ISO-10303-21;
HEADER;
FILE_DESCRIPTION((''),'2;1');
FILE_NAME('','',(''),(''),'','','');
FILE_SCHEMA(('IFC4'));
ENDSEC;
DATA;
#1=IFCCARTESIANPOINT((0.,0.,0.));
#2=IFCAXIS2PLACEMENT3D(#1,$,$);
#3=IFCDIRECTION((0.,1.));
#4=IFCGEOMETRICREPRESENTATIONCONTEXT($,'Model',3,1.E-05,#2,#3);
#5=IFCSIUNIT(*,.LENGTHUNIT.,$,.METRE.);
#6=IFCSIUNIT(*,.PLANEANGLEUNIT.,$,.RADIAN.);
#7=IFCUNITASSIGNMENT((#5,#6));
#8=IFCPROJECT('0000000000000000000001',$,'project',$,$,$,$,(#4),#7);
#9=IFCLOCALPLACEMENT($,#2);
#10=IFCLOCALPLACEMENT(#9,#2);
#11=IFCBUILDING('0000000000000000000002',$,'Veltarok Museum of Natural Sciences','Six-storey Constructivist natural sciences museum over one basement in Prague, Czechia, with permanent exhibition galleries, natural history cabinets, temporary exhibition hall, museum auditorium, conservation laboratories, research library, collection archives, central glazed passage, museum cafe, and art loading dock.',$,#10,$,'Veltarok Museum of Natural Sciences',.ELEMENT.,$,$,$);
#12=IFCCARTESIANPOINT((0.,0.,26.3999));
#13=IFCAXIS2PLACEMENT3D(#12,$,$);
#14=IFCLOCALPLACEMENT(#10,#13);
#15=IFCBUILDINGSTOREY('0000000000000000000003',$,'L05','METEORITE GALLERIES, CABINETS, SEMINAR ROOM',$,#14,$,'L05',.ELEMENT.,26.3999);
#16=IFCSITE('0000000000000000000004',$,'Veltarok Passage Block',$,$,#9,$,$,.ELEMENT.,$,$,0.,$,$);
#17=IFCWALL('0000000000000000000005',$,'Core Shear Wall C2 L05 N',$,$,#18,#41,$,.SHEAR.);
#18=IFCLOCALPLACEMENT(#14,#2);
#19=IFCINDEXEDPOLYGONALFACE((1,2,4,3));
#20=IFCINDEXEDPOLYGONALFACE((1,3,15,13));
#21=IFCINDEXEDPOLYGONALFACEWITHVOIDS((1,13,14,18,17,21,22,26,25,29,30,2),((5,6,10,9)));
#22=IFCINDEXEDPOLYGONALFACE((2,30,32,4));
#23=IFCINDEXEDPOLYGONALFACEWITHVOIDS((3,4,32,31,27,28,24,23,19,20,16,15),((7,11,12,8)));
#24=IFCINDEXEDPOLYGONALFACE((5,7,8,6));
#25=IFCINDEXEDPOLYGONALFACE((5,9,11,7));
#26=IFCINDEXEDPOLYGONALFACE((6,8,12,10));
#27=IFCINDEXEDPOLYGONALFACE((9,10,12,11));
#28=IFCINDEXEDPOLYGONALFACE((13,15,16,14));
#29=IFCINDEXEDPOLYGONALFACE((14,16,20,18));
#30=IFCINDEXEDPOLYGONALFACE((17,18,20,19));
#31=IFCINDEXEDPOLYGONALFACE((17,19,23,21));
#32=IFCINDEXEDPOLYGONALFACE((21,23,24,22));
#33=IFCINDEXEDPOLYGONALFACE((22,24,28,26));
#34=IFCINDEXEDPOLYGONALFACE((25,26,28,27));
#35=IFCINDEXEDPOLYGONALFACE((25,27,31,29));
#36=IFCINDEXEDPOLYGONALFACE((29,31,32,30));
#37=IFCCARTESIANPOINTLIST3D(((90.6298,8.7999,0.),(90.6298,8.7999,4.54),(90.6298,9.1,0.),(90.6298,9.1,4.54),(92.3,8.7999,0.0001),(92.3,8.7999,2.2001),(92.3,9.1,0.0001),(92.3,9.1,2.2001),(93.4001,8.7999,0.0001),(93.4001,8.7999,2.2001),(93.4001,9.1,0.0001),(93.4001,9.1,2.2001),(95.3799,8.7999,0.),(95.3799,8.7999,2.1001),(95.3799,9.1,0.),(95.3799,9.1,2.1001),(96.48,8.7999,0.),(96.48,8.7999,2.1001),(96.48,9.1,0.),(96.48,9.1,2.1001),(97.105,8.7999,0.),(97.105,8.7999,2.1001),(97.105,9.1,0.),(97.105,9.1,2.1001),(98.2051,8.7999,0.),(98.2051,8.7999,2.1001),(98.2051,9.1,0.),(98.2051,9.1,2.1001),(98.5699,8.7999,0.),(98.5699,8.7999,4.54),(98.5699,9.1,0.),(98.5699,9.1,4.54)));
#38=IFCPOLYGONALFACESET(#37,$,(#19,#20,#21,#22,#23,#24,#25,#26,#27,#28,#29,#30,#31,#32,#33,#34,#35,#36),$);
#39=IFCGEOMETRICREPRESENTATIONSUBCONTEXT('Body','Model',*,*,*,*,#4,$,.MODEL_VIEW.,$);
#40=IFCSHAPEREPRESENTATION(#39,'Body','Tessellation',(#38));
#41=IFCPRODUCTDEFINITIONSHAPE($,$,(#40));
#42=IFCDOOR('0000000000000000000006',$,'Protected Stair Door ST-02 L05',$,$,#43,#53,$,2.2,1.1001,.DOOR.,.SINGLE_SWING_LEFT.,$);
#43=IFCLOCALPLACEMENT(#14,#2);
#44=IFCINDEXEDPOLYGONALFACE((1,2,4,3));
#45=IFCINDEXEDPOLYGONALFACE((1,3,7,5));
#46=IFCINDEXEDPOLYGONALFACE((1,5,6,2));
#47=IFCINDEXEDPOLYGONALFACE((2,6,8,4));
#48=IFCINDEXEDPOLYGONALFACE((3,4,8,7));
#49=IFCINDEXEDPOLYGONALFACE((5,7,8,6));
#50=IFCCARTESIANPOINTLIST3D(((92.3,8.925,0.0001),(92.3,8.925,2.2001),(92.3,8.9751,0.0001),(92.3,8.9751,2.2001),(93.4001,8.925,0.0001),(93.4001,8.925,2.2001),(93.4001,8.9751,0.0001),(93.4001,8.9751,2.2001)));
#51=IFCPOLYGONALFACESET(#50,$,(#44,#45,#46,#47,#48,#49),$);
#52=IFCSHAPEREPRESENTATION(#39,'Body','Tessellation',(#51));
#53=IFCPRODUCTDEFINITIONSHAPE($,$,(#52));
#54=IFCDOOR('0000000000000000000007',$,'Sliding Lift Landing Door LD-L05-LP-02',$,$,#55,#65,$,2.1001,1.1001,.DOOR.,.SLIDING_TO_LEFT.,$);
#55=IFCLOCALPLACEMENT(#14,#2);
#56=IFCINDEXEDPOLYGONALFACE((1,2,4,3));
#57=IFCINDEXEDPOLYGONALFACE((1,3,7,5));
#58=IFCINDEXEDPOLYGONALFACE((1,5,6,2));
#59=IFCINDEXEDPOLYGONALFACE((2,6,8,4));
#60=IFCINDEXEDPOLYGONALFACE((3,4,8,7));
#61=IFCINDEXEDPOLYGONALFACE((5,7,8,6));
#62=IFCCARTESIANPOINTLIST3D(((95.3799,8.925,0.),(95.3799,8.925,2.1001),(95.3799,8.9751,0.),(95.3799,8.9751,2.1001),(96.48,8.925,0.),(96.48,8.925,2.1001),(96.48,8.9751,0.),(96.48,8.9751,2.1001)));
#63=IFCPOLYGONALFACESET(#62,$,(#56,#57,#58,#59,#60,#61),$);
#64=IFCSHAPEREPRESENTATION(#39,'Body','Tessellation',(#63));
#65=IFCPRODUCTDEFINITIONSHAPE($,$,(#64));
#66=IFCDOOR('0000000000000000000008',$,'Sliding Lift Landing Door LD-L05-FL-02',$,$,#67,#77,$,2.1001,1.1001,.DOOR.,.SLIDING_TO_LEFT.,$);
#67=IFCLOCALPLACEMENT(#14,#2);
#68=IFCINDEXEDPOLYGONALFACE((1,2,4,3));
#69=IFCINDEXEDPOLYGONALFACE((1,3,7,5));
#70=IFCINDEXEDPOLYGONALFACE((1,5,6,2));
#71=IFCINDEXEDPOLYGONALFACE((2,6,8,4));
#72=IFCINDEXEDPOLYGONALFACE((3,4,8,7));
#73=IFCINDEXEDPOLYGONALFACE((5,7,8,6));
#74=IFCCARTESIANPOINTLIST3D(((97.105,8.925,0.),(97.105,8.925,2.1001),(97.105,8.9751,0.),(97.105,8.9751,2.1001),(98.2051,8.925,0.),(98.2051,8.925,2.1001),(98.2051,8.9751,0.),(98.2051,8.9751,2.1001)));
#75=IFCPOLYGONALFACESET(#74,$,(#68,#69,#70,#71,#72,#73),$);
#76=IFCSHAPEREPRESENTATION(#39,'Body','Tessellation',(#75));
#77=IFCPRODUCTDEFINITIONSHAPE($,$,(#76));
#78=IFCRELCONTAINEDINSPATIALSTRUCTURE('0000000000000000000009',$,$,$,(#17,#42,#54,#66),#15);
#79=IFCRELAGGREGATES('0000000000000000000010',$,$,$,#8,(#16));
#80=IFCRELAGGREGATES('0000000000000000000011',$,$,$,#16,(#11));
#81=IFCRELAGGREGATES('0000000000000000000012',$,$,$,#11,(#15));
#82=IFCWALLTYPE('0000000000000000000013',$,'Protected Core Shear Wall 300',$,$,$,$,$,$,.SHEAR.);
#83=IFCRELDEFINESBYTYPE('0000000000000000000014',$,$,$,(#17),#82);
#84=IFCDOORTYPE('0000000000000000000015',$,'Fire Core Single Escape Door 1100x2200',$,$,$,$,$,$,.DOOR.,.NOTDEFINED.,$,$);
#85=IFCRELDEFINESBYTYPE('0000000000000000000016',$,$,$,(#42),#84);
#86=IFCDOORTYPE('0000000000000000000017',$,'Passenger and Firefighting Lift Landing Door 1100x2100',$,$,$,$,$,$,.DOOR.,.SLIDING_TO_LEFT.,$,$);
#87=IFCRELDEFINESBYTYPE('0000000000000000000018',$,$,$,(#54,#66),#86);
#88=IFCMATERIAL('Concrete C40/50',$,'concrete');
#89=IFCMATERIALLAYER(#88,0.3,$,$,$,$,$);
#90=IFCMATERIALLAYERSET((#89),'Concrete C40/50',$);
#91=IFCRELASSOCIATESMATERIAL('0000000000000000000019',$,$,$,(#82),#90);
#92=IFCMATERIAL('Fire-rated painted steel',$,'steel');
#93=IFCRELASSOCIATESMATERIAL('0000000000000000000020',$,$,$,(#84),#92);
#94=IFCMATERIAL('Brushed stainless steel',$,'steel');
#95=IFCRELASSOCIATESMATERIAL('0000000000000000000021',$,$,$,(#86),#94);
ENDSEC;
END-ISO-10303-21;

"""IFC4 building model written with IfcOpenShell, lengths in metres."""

from ifc_helpers import new_model, si_unit, direction, frame, frame_2d, origin, place, context, subcontext, project, spatial, rectangle, extrude, material, layer, layer_set, type_object, element, fill, save


model = new_model("IFC4")

# Units and contexts
model_context = context("Model", 3, precision=1e-05, world=origin(), true_north=direction((0.0, 1.0)))
body_context = subcontext(model_context, "Body", "Model", "MODEL_VIEW")
ifc_project = project(units=[si_unit("LENGTHUNIT", "METRE"), si_unit("PLANEANGLEUNIT", "RADIAN")], contexts=[model_context])

# Site, building, storey
site_placement = place(None, origin())
site = spatial("IfcSite", under=ifc_project, at=site_placement, Name="Veltarok Passage Block", CompositionType="ELEMENT", RefElevation=0.0)
building_placement = place(site_placement, origin())
building = spatial("IfcBuilding", under=site, at=building_placement, Name="Veltarok Museum of Natural Sciences", Description="Six-storey Constructivist natural sciences museum over one basement in Prague, Czechia, with permanent exhibition galleries, natural history cabinets, temporary exhibition hall, museum auditorium, conservation laboratories, research library, collection archives, central glazed passage, museum cafe, and art loading dock.", LongName="Veltarok Museum of Natural Sciences", CompositionType="ELEMENT")
storey_placement = place(building_placement, frame((0.0, 0.0, 26.3999)))
storey = spatial("IfcBuildingStorey", under=building, at=storey_placement, Name="L05", Description="METEORITE GALLERIES, CABINETS, SEMINAR ROOM", LongName="L05", CompositionType="ELEMENT", Elevation=26.3999)

# Shared definitions
ifc_material_1 = material(Name="Concrete C40/50", Category="concrete")

# Wall, openings, doors
ifc_layer_1 = layer(ifc_material_1, 0.3)
ifc_layer_set_1 = layer_set([ifc_layer_1], Name="Concrete C40/50")
wall_type_1 = type_object("IfcWallType", Name="Protected Core Shear Wall 300", PredefinedType="SHEAR", material=ifc_layer_set_1)
wall_1_placement = place(storey_placement, frame((98.5701, 8.95, 0.0), z_axis=(0.0, 0.0, 1.0), x_axis=(-1.0, 0.0, 0.0)))
wall_1 = element("IfcWall", 1, at=wall_1_placement, inside=storey, type_object=wall_type_1, Name="Core Shear Wall C2 L05 N", PredefinedType="SHEAR", context=body_context, shape_type="SweptSolid", body=[
    extrude(rectangle(XDim=7.9402, YDim=0.3, at=frame_2d((3.9702, 0.0))), origin(), (0.0, 0.0, 1.0), 4.54),
])
opening_1_placement = place(wall_1_placement, frame((5.1699, 0.0, 0.0)))
opening_1 = element("IfcOpeningElement", 2, at=opening_1_placement, cuts=wall_1, PredefinedType="OPENING", context=body_context, shape_type="SweptSolid", body=[
    extrude(rectangle(XDim=1.1001, YDim=2.2, at=frame_2d((0.55, 1.1001))), frame((0.0, 0.1602, 0.0), z_axis=(0.0, -1.0, 0.0), x_axis=(1.0, 0.0, 0.0)), (0.0, 0.0, 1.0), 0.3201),
])
opening_2_placement = place(wall_1_placement, frame((2.0901, 0.0, 0.0)))
opening_2 = element("IfcOpeningElement", 3, at=opening_2_placement, cuts=wall_1, PredefinedType="OPENING", context=body_context, shape_type="SweptSolid", body=[
    extrude(rectangle(XDim=1.1001, YDim=2.1001, at=frame_2d((0.55, 1.05))), frame((0.0, 0.1602, 0.0), z_axis=(0.0, -1.0, 0.0), x_axis=(1.0, 0.0, 0.0)), (0.0, 0.0, 1.0), 0.3201),
])
opening_3_placement = place(wall_1_placement, frame((0.365, 0.0, 0.0)))
opening_3 = element("IfcOpeningElement", 4, at=opening_3_placement, cuts=wall_1, PredefinedType="OPENING", context=body_context, shape_type="SweptSolid", body=[
    extrude(rectangle(XDim=1.1001, YDim=2.1001, at=frame_2d((0.55, 1.05))), frame((0.0, 0.1602, 0.0), z_axis=(0.0, -1.0, 0.0), x_axis=(1.0, 0.0, 0.0)), (0.0, 0.0, 1.0), 0.3201),
])
ifc_material_2 = material(Name="Fire-rated painted steel", Category="steel")
door_type_1 = type_object("IfcDoorType", Name="Fire Core Single Escape Door 1100x2200", OperationType="NOTDEFINED", PredefinedType="DOOR", material=ifc_material_2)
door_1_placement = place(opening_1_placement, origin())
door_1 = element("IfcDoor", 5, at=door_1_placement, inside=storey, type_object=door_type_1, Name="Protected Stair Door ST-02 L05", OperationType="SINGLE_SWING_LEFT", OverallHeight=2.2, OverallWidth=1.1001, PredefinedType="DOOR", context=body_context, shape_type="SweptSolid", body=[
    extrude(rectangle(XDim=1.1001, YDim=2.2, at=frame_2d((0.55, 1.1001))), frame((0.0, 0.0249, 0.0), z_axis=(0.0, -1.0, 0.0), x_axis=(1.0, 0.0, 0.0)), (0.0, 0.0, 1.0), 0.05),
])
fill(opening_1, door_1)
ifc_material_3 = material(Name="Brushed stainless steel", Category="steel")
door_type_2 = type_object("IfcDoorType", Name="Passenger and Firefighting Lift Landing Door 1100x2100", OperationType="SLIDING_TO_LEFT", PredefinedType="DOOR", material=ifc_material_3)
door_2_placement = place(opening_2_placement, origin())
door_2 = element("IfcDoor", 6, at=door_2_placement, inside=storey, type_object=door_type_2, Name="Sliding Lift Landing Door LD-L05-LP-02", OperationType="SLIDING_TO_LEFT", OverallHeight=2.1001, OverallWidth=1.1001, PredefinedType="DOOR", context=body_context, shape_type="SweptSolid", body=[
    extrude(rectangle(XDim=1.1001, YDim=2.1001, at=frame_2d((0.55, 1.05))), frame((0.0, 0.0249, 0.0), z_axis=(0.0, -1.0, 0.0), x_axis=(1.0, 0.0, 0.0)), (0.0, 0.0, 1.0), 0.05),
])
fill(opening_2, door_2)
door_3_placement = place(opening_3_placement, origin())
door_3 = element("IfcDoor", 7, at=door_3_placement, inside=storey, type_object=door_type_2, Name="Sliding Lift Landing Door LD-L05-FL-02", OperationType="SLIDING_TO_LEFT", OverallHeight=2.1001, OverallWidth=1.1001, PredefinedType="DOOR", context=body_context, shape_type="SweptSolid", body=[
    extrude(rectangle(XDim=1.1001, YDim=2.1001, at=frame_2d((0.55, 1.05))), frame((0.0, 0.0249, 0.0), z_axis=(0.0, -1.0, 0.0), x_axis=(1.0, 0.0, 0.0)), (0.0, 0.0, 1.0), 0.05),
])
fill(opening_3, door_3)

save(model, "model.ifc")
